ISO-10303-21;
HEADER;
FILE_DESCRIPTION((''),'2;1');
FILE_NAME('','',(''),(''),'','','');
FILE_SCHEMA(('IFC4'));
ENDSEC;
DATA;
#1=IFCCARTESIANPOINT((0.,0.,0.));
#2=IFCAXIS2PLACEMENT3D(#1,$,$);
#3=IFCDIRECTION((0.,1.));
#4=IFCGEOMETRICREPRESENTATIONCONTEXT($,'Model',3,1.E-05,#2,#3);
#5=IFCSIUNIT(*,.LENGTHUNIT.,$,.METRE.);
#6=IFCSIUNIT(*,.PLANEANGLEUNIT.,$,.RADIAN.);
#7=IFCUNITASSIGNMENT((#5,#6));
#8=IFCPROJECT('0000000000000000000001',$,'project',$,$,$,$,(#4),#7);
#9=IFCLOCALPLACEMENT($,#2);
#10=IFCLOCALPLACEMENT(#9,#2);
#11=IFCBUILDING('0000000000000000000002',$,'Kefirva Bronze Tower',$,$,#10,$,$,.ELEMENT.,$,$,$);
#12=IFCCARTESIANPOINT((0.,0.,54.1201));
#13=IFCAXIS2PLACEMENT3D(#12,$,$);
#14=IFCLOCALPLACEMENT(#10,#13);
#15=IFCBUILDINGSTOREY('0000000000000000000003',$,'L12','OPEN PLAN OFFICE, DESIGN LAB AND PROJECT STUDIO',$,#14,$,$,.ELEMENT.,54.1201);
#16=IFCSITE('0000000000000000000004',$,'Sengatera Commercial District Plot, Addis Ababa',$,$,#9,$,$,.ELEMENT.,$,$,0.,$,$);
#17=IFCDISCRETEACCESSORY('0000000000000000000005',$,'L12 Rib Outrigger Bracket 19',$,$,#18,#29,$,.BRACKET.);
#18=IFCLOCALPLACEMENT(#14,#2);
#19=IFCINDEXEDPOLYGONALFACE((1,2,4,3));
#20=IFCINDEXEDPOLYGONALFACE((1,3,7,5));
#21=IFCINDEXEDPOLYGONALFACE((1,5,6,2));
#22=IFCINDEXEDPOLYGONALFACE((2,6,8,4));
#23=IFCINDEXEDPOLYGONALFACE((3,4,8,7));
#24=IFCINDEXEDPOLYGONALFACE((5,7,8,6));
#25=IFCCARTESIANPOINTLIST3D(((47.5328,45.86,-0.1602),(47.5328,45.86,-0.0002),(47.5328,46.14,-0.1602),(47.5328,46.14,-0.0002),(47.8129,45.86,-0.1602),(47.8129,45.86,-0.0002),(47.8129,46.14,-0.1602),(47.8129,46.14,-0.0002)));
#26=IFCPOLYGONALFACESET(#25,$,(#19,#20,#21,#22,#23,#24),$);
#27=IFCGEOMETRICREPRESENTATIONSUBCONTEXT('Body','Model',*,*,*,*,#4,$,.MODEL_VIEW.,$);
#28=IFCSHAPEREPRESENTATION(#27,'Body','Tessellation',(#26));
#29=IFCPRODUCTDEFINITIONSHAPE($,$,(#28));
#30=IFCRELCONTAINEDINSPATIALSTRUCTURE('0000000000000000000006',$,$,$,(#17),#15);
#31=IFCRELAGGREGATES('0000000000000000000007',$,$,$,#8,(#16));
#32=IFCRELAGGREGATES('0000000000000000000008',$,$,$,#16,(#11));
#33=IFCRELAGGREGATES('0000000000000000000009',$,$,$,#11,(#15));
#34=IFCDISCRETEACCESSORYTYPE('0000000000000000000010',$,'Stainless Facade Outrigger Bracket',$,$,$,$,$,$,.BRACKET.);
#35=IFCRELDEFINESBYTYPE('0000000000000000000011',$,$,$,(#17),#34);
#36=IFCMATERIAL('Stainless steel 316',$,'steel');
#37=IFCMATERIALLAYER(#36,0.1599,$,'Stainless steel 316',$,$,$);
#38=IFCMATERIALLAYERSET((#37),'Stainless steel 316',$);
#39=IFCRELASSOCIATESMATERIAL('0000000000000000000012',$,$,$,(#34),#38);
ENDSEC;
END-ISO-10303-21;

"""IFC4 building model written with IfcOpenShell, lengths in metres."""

from ifc_helpers import new_model, si_unit, direction, frame, origin, origin_2d, place, context, subcontext, project, spatial, rectangle, extrude, material, layer, layer_set, type_object, element, save


model = new_model("IFC4")

# Units and contexts
model_context = context("Model", 3, precision=1e-05, world=origin(), true_north=direction((0.0, 1.0)))
body_context = subcontext(model_context, "Body", "Model", "MODEL_VIEW")
ifc_project = project(units=[si_unit("LENGTHUNIT", "METRE"), si_unit("PLANEANGLEUNIT", "RADIAN")], contexts=[model_context])

# Site, building, storey
site_placement = place(None, origin())
site = spatial("IfcSite", under=ifc_project, at=site_placement, Name="Sengatera Commercial District Plot, Addis Ababa", CompositionType="ELEMENT", RefElevation=0.0)
building_placement = place(site_placement, origin())
building = spatial("IfcBuilding", under=site, at=building_placement, Name="Kefirva Bronze Tower", CompositionType="ELEMENT")
storey_placement = place(building_placement, frame((0.0, 0.0, 54.1201)))
storey = spatial("IfcBuildingStorey", under=building, at=storey_placement, Name="L12", Description="OPEN PLAN OFFICE, DESIGN LAB AND PROJECT STUDIO", CompositionType="ELEMENT", Elevation=54.1201)

# Discrete accessory
ifc_material_1 = material(Name="Stainless steel 316", Category="steel")
ifc_layer_1 = layer(ifc_material_1, 0.1599, Name="Stainless steel 316")
ifc_layer_set_1 = layer_set([ifc_layer_1], Name="Stainless steel 316")
discrete_accessory_type = type_object("IfcDiscreteAccessoryType", Name="Stainless Facade Outrigger Bracket", PredefinedType="BRACKET", material=ifc_layer_set_1)
discrete_accessory_1_placement = place(storey_placement, frame((47.6729, 46.0, -0.1602), z_axis=(0.0, 0.0, 1.0), x_axis=(-1.0, 0.0, 0.0)))
element("IfcDiscreteAccessory", 1, at=discrete_accessory_1_placement, inside=storey, type_object=discrete_accessory_type, Name="L12 Rib Outrigger Bracket 19", PredefinedType="BRACKET", context=body_context, shape_type="SweptSolid", body=[
    extrude(rectangle(XDim=0.28, YDim=0.28, at=origin_2d()), origin(), (0.0, 0.0, 1.0), 0.1599),
])

save(model, "model.ifc")
